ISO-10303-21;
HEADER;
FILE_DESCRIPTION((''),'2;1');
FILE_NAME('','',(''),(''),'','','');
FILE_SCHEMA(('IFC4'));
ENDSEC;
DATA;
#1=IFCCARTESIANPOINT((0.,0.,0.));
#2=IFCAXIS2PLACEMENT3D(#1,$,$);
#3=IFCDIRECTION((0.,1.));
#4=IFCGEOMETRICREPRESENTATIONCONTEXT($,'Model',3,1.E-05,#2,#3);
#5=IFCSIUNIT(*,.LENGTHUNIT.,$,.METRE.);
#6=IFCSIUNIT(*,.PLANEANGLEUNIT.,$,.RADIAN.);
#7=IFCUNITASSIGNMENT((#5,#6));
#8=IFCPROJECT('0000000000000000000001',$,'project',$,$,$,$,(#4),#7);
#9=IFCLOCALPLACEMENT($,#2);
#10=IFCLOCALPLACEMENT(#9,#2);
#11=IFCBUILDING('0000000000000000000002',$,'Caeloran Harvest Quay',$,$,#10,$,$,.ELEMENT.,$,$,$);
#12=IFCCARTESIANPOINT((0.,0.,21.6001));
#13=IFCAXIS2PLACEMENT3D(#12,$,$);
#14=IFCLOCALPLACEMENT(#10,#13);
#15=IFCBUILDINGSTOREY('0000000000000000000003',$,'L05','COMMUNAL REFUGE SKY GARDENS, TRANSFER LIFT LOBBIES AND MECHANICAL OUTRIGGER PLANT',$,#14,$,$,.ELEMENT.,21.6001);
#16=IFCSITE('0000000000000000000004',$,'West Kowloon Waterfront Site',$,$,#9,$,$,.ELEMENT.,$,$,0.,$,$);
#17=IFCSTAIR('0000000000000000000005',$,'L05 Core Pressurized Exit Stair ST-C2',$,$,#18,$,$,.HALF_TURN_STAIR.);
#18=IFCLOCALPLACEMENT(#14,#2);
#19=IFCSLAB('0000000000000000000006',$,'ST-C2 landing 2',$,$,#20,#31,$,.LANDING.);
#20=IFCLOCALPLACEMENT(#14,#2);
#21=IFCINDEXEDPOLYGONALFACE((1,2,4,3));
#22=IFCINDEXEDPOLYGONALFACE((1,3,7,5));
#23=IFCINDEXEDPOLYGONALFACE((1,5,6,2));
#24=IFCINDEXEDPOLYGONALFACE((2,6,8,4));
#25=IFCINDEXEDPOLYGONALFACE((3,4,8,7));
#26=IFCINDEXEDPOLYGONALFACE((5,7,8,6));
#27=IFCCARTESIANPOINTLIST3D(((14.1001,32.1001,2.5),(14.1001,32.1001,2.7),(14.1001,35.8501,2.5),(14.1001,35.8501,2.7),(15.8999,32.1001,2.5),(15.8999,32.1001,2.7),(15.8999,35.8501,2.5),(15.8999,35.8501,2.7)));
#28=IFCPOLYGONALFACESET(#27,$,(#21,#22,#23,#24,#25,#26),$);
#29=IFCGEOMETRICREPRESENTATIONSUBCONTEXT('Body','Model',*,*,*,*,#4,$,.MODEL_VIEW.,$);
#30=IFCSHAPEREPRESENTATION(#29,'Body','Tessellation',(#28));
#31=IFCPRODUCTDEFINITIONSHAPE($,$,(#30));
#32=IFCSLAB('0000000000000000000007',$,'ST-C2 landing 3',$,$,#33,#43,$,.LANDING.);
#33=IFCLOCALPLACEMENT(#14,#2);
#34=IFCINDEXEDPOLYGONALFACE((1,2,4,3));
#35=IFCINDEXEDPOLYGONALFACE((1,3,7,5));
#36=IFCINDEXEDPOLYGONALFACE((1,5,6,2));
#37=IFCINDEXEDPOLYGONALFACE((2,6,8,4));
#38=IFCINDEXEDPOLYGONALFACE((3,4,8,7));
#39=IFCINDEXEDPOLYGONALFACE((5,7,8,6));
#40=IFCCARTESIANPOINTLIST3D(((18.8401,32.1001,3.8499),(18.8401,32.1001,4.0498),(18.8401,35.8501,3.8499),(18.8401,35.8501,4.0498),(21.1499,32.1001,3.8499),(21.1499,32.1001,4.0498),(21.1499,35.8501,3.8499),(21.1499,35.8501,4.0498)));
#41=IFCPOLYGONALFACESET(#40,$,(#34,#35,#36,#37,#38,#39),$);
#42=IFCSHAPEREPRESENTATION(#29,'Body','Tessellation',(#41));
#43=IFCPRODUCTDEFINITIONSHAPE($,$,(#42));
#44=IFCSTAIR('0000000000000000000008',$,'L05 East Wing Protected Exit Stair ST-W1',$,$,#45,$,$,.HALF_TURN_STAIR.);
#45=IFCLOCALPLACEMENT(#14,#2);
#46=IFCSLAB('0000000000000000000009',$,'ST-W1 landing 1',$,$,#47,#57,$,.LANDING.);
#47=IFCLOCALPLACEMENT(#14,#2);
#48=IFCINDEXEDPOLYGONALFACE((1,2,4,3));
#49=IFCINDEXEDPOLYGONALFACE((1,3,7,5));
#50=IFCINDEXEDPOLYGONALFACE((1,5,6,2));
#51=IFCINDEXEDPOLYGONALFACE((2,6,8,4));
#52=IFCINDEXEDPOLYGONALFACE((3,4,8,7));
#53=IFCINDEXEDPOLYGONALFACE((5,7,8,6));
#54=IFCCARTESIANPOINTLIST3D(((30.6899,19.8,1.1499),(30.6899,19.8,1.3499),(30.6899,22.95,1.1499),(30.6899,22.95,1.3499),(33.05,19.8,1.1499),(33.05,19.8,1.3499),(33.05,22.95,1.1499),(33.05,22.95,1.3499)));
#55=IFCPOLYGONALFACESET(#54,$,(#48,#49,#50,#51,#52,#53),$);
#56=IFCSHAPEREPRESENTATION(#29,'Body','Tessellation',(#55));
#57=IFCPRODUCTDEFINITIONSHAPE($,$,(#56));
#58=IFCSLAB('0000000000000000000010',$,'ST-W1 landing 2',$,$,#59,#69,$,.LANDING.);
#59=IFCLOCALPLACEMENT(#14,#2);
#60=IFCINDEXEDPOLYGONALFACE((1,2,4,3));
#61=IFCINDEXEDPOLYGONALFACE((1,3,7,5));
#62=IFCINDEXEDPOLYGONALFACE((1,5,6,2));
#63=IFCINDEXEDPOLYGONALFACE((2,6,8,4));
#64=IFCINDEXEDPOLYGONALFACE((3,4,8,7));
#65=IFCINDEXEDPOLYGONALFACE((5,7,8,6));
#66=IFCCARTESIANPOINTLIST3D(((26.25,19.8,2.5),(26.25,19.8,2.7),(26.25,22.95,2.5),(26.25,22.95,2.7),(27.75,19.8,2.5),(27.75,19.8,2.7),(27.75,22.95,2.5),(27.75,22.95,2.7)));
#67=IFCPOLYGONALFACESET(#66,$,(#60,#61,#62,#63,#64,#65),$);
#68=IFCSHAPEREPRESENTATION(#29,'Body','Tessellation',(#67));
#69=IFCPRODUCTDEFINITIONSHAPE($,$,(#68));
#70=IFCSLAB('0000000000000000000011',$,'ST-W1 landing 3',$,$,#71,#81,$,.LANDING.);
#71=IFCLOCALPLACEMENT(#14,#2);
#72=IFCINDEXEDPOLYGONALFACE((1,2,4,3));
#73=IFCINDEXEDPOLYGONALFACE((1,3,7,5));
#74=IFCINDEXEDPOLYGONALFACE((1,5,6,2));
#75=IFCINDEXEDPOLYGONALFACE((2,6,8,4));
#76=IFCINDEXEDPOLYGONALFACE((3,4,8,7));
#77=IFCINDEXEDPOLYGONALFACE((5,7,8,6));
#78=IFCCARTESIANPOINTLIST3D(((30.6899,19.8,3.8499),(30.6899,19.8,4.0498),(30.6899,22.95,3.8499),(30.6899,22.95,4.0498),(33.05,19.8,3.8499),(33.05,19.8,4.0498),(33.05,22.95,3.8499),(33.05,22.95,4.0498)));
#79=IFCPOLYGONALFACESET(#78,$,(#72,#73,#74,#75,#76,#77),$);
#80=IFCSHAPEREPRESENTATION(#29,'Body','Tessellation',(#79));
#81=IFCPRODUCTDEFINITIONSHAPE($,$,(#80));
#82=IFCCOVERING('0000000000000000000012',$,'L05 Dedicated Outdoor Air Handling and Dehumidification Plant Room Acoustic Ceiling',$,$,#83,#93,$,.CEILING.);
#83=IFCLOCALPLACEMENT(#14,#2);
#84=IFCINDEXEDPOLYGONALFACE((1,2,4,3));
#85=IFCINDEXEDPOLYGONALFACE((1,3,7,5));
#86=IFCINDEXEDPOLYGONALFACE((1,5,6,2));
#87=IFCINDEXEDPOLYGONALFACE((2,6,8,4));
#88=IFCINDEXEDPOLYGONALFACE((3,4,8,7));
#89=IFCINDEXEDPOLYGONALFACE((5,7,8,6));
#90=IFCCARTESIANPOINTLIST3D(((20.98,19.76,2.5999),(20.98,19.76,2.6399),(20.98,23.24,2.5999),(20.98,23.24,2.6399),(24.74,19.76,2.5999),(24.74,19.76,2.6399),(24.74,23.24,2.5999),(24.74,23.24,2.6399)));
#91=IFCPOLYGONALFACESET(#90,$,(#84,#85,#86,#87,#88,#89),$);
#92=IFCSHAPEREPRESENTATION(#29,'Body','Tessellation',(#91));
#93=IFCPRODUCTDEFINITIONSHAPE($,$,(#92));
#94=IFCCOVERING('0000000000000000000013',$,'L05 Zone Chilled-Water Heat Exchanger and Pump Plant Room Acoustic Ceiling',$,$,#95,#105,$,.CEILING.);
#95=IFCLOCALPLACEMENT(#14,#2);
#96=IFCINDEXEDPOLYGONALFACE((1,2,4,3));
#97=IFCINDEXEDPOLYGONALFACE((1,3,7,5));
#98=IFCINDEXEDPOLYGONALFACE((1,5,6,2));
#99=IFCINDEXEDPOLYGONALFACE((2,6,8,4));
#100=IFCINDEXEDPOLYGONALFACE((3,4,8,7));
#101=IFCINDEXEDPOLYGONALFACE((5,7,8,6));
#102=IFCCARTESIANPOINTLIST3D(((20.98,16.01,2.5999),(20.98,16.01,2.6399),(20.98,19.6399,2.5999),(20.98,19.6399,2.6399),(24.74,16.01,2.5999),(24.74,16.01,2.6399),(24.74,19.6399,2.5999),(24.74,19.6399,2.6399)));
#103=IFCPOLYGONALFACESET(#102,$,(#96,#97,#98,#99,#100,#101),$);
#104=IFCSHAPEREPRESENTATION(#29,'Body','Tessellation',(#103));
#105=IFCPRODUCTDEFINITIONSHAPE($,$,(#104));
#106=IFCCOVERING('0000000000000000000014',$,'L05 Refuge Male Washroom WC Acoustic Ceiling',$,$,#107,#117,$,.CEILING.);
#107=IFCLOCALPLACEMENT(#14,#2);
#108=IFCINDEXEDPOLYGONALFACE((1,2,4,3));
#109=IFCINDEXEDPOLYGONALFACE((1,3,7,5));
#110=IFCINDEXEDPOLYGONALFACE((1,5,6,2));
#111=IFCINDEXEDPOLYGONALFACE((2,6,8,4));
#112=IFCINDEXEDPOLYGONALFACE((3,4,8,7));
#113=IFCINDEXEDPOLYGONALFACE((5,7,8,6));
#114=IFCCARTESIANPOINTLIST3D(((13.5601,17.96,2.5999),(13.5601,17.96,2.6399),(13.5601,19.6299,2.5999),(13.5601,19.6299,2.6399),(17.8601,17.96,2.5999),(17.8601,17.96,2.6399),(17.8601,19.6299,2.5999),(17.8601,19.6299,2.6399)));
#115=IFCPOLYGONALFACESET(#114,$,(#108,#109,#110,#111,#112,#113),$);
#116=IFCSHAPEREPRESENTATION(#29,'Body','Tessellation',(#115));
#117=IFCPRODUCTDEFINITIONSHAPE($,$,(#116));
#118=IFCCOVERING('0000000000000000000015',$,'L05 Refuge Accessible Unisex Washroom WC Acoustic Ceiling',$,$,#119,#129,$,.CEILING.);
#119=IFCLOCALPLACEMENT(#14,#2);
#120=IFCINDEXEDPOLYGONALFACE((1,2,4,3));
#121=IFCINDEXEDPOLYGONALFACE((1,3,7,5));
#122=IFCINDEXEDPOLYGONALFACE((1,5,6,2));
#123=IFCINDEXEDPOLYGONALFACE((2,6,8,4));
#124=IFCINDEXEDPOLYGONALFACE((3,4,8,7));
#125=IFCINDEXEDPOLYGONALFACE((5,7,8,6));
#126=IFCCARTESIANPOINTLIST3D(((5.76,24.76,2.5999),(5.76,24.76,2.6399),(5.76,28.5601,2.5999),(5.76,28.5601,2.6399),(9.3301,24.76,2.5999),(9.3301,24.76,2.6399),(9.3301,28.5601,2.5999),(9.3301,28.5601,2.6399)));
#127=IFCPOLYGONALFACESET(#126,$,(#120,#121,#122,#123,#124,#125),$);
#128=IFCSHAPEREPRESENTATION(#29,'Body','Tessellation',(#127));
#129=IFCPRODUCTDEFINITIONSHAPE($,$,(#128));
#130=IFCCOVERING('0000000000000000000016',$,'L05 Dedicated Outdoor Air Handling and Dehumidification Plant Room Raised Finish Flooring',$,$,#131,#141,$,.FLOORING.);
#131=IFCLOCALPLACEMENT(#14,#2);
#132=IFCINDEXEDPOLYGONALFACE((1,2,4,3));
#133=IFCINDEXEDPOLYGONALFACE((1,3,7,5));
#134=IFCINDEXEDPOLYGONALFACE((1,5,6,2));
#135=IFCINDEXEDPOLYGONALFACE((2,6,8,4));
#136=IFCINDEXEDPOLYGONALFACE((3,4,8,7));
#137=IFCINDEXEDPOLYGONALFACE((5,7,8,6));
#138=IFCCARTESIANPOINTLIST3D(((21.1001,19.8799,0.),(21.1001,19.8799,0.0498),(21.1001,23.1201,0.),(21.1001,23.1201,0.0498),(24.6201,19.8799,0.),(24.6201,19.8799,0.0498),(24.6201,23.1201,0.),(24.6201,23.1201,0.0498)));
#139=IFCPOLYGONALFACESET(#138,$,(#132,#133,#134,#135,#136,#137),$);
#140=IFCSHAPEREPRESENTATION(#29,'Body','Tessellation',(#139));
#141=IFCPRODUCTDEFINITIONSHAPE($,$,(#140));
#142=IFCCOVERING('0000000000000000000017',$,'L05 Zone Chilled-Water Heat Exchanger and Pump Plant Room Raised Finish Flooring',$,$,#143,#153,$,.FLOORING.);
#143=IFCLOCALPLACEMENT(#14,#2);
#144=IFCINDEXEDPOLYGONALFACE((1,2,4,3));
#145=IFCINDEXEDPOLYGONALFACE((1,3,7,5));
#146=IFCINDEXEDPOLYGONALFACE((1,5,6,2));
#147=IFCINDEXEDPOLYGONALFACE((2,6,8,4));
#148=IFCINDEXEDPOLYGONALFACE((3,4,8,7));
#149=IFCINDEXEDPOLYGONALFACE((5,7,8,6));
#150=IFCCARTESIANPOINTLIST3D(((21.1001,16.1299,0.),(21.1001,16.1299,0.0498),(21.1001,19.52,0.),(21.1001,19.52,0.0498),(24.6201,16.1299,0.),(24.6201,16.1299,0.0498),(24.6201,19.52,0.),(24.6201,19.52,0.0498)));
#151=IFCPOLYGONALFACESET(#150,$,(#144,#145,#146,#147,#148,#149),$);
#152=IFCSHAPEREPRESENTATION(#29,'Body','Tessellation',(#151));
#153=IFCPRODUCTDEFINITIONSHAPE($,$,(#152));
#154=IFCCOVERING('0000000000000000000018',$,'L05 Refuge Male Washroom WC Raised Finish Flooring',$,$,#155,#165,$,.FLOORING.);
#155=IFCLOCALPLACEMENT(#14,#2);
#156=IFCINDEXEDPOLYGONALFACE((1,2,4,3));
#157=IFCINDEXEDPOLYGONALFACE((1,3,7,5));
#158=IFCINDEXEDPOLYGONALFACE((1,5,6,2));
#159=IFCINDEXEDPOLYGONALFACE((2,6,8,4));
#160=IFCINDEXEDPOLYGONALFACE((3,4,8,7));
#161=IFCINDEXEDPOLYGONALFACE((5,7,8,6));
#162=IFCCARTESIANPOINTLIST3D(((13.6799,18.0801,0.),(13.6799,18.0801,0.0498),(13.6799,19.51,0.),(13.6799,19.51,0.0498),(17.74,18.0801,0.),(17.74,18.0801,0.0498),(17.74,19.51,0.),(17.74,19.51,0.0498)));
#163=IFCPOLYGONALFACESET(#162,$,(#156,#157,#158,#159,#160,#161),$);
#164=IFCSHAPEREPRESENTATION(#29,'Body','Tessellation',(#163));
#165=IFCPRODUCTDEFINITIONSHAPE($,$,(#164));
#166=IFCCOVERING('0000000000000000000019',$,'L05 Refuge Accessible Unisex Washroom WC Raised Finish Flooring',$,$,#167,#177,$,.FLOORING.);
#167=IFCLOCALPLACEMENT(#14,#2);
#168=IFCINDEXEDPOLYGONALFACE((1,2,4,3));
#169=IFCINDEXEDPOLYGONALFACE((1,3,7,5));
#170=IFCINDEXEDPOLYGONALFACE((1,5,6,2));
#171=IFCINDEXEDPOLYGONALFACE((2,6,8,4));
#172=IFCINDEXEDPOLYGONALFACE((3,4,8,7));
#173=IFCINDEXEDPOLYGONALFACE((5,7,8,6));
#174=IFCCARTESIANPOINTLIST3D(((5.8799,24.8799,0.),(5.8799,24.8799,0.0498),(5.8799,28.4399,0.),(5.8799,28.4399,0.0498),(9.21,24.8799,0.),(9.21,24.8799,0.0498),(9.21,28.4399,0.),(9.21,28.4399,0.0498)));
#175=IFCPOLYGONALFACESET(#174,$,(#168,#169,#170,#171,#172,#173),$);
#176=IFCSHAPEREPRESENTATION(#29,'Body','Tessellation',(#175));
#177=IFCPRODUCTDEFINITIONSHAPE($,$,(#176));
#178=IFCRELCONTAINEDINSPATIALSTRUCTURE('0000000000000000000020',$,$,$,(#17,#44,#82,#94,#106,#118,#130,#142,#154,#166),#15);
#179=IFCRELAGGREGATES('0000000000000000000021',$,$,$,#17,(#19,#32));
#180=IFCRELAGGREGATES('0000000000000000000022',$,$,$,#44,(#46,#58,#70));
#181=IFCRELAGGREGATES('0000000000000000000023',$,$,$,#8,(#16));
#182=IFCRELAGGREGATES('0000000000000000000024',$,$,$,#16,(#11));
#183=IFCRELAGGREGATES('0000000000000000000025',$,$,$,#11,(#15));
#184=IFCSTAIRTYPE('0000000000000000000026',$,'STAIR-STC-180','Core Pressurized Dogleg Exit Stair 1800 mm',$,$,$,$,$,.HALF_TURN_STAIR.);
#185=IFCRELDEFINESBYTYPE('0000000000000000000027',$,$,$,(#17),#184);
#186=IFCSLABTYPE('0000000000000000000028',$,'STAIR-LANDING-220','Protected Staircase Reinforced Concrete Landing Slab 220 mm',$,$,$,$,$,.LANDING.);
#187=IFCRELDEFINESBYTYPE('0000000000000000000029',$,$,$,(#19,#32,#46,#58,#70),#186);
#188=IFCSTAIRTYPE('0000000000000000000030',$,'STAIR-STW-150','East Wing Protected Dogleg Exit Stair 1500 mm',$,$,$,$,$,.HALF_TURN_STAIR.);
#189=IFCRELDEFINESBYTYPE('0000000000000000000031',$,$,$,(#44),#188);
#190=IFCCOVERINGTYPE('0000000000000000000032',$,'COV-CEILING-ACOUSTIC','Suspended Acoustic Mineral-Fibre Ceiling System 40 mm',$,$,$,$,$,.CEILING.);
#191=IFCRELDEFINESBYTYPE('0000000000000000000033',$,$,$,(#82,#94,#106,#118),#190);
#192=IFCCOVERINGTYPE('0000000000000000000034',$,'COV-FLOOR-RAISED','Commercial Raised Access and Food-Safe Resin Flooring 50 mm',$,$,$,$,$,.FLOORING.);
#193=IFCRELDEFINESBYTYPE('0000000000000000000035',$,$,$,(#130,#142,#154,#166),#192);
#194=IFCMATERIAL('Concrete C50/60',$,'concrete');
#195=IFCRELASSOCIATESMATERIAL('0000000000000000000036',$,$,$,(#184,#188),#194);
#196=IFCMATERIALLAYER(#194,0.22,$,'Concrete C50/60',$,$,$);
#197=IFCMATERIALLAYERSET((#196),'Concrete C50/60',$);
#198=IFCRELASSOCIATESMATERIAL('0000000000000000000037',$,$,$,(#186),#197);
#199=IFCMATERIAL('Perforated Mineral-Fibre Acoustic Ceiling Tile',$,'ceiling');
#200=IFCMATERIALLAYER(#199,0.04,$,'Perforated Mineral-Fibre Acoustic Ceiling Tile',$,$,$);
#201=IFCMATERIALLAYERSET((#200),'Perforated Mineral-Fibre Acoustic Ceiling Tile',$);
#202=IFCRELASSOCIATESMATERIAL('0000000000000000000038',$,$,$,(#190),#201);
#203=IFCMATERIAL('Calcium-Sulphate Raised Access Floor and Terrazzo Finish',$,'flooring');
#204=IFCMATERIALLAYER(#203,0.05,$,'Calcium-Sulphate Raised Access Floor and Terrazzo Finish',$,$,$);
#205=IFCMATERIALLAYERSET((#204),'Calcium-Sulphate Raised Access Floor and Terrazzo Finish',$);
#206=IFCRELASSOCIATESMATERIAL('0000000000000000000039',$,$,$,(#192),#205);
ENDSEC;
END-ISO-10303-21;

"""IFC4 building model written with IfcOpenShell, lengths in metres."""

from ifc_helpers import new_model, si_unit, direction, frame, origin, place, context, subcontext, project, spatial, polyline, outline, extrude, material, layer, layer_set, type_object, element, aggregate, save


model = new_model("IFC4")

# Units and contexts
model_context = context("Model", 3, precision=1e-05, world=origin(), true_north=direction((0.0, 1.0)))
body_context = subcontext(model_context, "Body", "Model", "MODEL_VIEW")
ifc_project = project(units=[si_unit("LENGTHUNIT", "METRE"), si_unit("PLANEANGLEUNIT", "RADIAN")], contexts=[model_context])

# Site, building, storey
site_placement = place(None, origin())
site = spatial("IfcSite", under=ifc_project, at=site_placement, Name="West Kowloon Waterfront Site", CompositionType="ELEMENT", RefElevation=0.0)
building_placement = place(site_placement, origin())
building = spatial("IfcBuilding", under=site, at=building_placement, Name="Caeloran Harvest Quay", CompositionType="ELEMENT")
storey_placement = place(building_placement, frame((0.0, 0.0, 21.6001)))
storey = spatial("IfcBuildingStorey", under=building, at=storey_placement, Name="L05", Description="COMMUNAL REFUGE SKY GARDENS, TRANSFER LIFT LOBBIES AND MECHANICAL OUTRIGGER PLANT", CompositionType="ELEMENT", Elevation=21.6001)

# Shared definitions
ifc_material_1 = material(Name="Concrete C50/60", Category="concrete")

# Stairs, slabs
stair_type_1 = type_object("IfcStairType", Name="STAIR-STC-180", Description="Core Pressurized Dogleg Exit Stair 1800 mm", PredefinedType="HALF_TURN_STAIR", material=ifc_material_1)
ifc_layer_1 = layer(ifc_material_1, 0.22, Name="Concrete C50/60")
ifc_layer_set_1 = layer_set([ifc_layer_1], Name="Concrete C50/60")
slab_type_1 = type_object("IfcSlabType", Name="STAIR-LANDING-220", Description="Protected Staircase Reinforced Concrete Landing Slab 220 mm", PredefinedType="LANDING", material=ifc_layer_set_1)
stair_1_placement = place(storey_placement, origin())
stair_1 = element("IfcStair", 1, at=stair_1_placement, inside=storey, type_object=stair_type_1, Name="L05 Core Pressurized Exit Stair ST-C2", PredefinedType="HALF_TURN_STAIR")
slab_1_placement = place(storey_placement, frame((0.0, 0.0, 2.5)))
slab_1 = element("IfcSlab", 2, at=slab_1_placement, type_object=slab_type_1, Name="ST-C2 landing 2", PredefinedType="LANDING", context=body_context, shape_type="SweptSolid", body=[
    extrude(outline(polyline([(14.1001, 32.1001), (15.8999, 32.1001), (15.8999, 35.8501), (14.1001, 35.8501), (14.1001, 32.1001)])), origin(), (0.0, 0.0, 1.0), 0.2),
])
slab_2_placement = place(storey_placement, frame((0.0, 0.0, 3.8499)))
slab_2 = element("IfcSlab", 3, at=slab_2_placement, type_object=slab_type_1, Name="ST-C2 landing 3", PredefinedType="LANDING", context=body_context, shape_type="SweptSolid", body=[
    extrude(outline(polyline([(18.8401, 32.1001), (21.1499, 32.1001), (21.1499, 35.8501), (18.8401, 35.8501), (18.8401, 32.1001)])), origin(), (0.0, 0.0, 1.0), 0.2),
])
aggregate(stair_1, [slab_1, slab_2])
stair_type_2 = type_object("IfcStairType", Name="STAIR-STW-150", Description="East Wing Protected Dogleg Exit Stair 1500 mm", PredefinedType="HALF_TURN_STAIR", material=ifc_material_1)
stair_2_placement = place(storey_placement, origin())
stair_2 = element("IfcStair", 4, at=stair_2_placement, inside=storey, type_object=stair_type_2, Name="L05 East Wing Protected Exit Stair ST-W1", PredefinedType="HALF_TURN_STAIR")
slab_3_placement = place(storey_placement, frame((0.0, 0.0, 1.1499)))
slab_3 = element("IfcSlab", 5, at=slab_3_placement, type_object=slab_type_1, Name="ST-W1 landing 1", PredefinedType="LANDING", context=body_context, shape_type="SweptSolid", body=[
    extrude(outline(polyline([(30.6899, 19.8), (33.05, 19.8), (33.05, 22.95), (30.6899, 22.95), (30.6899, 19.8)])), origin(), (0.0, 0.0, 1.0), 0.2),
])
slab_4_placement = place(storey_placement, frame((0.0, 0.0, 2.5)))
slab_4 = element("IfcSlab", 6, at=slab_4_placement, type_object=slab_type_1, Name="ST-W1 landing 2", PredefinedType="LANDING", context=body_context, shape_type="SweptSolid", body=[
    extrude(outline(polyline([(26.25, 19.8), (27.75, 19.8), (27.75, 22.95), (26.25, 22.95), (26.25, 19.8)])), origin(), (0.0, 0.0, 1.0), 0.2),
])
slab_5_placement = place(storey_placement, frame((0.0, 0.0, 3.8499)))
slab_5 = element("IfcSlab", 7, at=slab_5_placement, type_object=slab_type_1, Name="ST-W1 landing 3", PredefinedType="LANDING", context=body_context, shape_type="SweptSolid", body=[
    extrude(outline(polyline([(30.6899, 19.8), (33.05, 19.8), (33.05, 22.95), (30.6899, 22.95), (30.6899, 19.8)])), origin(), (0.0, 0.0, 1.0), 0.2),
])
aggregate(stair_2, [slab_3, slab_4, slab_5])

# Coverings
ifc_material_2 = material(Name="Perforated Mineral-Fibre Acoustic Ceiling Tile", Category="ceiling")
ifc_layer_2 = layer(ifc_material_2, 0.04, Name="Perforated Mineral-Fibre Acoustic Ceiling Tile")
ifc_layer_set_2 = layer_set([ifc_layer_2], Name="Perforated Mineral-Fibre Acoustic Ceiling Tile")
covering_type_1 = type_object("IfcCoveringType", Name="COV-CEILING-ACOUSTIC", Description="Suspended Acoustic Mineral-Fibre Ceiling System 40 mm", PredefinedType="CEILING", material=ifc_layer_set_2)
covering_1_placement = place(storey_placement, frame((0.0, 0.0, 2.5999)))
element("IfcCovering", 8, at=covering_1_placement, inside=storey, type_object=covering_type_1, Name="L05 Dedicated Outdoor Air Handling and Dehumidification Plant Room Acoustic Ceiling", PredefinedType="CEILING", context=body_context, shape_type="SweptSolid", body=[
    extrude(outline(polyline([(24.74, 23.24), (24.74, 19.76), (20.98, 19.76), (20.98, 23.24), (24.74, 23.24)])), origin(), (0.0, 0.0, 1.0), 0.04),
])
covering_2_placement = place(storey_placement, frame((0.0, 0.0, 2.5999)))
element("IfcCovering", 9, at=covering_2_placement, inside=storey, type_object=covering_type_1, Name="L05 Zone Chilled-Water Heat Exchanger and Pump Plant Room Acoustic Ceiling", PredefinedType="CEILING", context=body_context, shape_type="SweptSolid", body=[
    extrude(outline(polyline([(24.74, 19.6399), (24.74, 16.01), (20.98, 16.01), (20.98, 19.6399), (24.74, 19.6399)])), origin(), (0.0, 0.0, 1.0), 0.04),
])
covering_3_placement = place(storey_placement, frame((0.0, 0.0, 2.5999)))
element("IfcCovering", 10, at=covering_3_placement, inside=storey, type_object=covering_type_1, Name="L05 Refuge Male Washroom WC Acoustic Ceiling", PredefinedType="CEILING", context=body_context, shape_type="SweptSolid", body=[
    extrude(outline(polyline([(17.8601, 19.6299), (17.8601, 17.96), (13.5601, 17.96), (13.5601, 19.6299), (17.8601, 19.6299)])), origin(), (0.0, 0.0, 1.0), 0.04),
])
covering_4_placement = place(storey_placement, frame((0.0, 0.0, 2.5999)))
element("IfcCovering", 11, at=covering_4_placement, inside=storey, type_object=covering_type_1, Name="L05 Refuge Accessible Unisex Washroom WC Acoustic Ceiling", PredefinedType="CEILING", context=body_context, shape_type="SweptSolid", body=[
    extrude(outline(polyline([(9.3301, 28.5601), (9.3301, 24.76), (5.76, 24.76), (5.76, 28.5601), (9.3301, 28.5601)])), origin(), (0.0, 0.0, 1.0), 0.04),
])
ifc_material_3 = material(Name="Calcium-Sulphate Raised Access Floor and Terrazzo Finish", Category="flooring")
ifc_layer_3 = layer(ifc_material_3, 0.05, Name="Calcium-Sulphate Raised Access Floor and Terrazzo Finish")
ifc_layer_set_3 = layer_set([ifc_layer_3], Name="Calcium-Sulphate Raised Access Floor and Terrazzo Finish")
covering_type_2 = type_object("IfcCoveringType", Name="COV-FLOOR-RAISED", Description="Commercial Raised Access and Food-Safe Resin Flooring 50 mm", PredefinedType="FLOORING", material=ifc_layer_set_3)
covering_5_placement = place(storey_placement, origin())
element("IfcCovering", 12, at=covering_5_placement, inside=storey, type_object=covering_type_2, Name="L05 Dedicated Outdoor Air Handling and Dehumidification Plant Room Raised Finish Flooring", PredefinedType="FLOORING", context=body_context, shape_type="SweptSolid", body=[
    extrude(outline(polyline([(24.6201, 23.1201), (24.6201, 19.8799), (21.1001, 19.8799), (21.1001, 23.1201), (24.6201, 23.1201)])), origin(), (0.0, 0.0, 1.0), 0.0498),
])
covering_6_placement = place(storey_placement, origin())
element("IfcCovering", 13, at=covering_6_placement, inside=storey, type_object=covering_type_2, Name="L05 Zone Chilled-Water Heat Exchanger and Pump Plant Room Raised Finish Flooring", PredefinedType="FLOORING", context=body_context, shape_type="SweptSolid", body=[
    extrude(outline(polyline([(24.6201, 19.52), (24.6201, 16.1299), (21.1001, 16.1299), (21.1001, 19.52), (24.6201, 19.52)])), origin(), (0.0, 0.0, 1.0), 0.0498),
])
covering_7_placement = place(storey_placement, origin())
element("IfcCovering", 14, at=covering_7_placement, inside=storey, type_object=covering_type_2, Name="L05 Refuge Male Washroom WC Raised Finish Flooring", PredefinedType="FLOORING", context=body_context, shape_type="SweptSolid", body=[
    extrude(outline(polyline([(17.74, 19.51), (17.74, 18.0801), (13.6799, 18.0801), (13.6799, 19.51), (17.74, 19.51)])), origin(), (0.0, 0.0, 1.0), 0.0498),
])
covering_8_placement = place(storey_placement, origin())
element("IfcCovering", 15, at=covering_8_placement, inside=storey, type_object=covering_type_2, Name="L05 Refuge Accessible Unisex Washroom WC Raised Finish Flooring", PredefinedType="FLOORING", context=body_context, shape_type="SweptSolid", body=[
    extrude(outline(polyline([(9.21, 28.4399), (9.21, 24.8799), (5.8799, 24.8799), (5.8799, 28.4399), (9.21, 28.4399)])), origin(), (0.0, 0.0, 1.0), 0.0498),
])

save(model, "model.ifc")
